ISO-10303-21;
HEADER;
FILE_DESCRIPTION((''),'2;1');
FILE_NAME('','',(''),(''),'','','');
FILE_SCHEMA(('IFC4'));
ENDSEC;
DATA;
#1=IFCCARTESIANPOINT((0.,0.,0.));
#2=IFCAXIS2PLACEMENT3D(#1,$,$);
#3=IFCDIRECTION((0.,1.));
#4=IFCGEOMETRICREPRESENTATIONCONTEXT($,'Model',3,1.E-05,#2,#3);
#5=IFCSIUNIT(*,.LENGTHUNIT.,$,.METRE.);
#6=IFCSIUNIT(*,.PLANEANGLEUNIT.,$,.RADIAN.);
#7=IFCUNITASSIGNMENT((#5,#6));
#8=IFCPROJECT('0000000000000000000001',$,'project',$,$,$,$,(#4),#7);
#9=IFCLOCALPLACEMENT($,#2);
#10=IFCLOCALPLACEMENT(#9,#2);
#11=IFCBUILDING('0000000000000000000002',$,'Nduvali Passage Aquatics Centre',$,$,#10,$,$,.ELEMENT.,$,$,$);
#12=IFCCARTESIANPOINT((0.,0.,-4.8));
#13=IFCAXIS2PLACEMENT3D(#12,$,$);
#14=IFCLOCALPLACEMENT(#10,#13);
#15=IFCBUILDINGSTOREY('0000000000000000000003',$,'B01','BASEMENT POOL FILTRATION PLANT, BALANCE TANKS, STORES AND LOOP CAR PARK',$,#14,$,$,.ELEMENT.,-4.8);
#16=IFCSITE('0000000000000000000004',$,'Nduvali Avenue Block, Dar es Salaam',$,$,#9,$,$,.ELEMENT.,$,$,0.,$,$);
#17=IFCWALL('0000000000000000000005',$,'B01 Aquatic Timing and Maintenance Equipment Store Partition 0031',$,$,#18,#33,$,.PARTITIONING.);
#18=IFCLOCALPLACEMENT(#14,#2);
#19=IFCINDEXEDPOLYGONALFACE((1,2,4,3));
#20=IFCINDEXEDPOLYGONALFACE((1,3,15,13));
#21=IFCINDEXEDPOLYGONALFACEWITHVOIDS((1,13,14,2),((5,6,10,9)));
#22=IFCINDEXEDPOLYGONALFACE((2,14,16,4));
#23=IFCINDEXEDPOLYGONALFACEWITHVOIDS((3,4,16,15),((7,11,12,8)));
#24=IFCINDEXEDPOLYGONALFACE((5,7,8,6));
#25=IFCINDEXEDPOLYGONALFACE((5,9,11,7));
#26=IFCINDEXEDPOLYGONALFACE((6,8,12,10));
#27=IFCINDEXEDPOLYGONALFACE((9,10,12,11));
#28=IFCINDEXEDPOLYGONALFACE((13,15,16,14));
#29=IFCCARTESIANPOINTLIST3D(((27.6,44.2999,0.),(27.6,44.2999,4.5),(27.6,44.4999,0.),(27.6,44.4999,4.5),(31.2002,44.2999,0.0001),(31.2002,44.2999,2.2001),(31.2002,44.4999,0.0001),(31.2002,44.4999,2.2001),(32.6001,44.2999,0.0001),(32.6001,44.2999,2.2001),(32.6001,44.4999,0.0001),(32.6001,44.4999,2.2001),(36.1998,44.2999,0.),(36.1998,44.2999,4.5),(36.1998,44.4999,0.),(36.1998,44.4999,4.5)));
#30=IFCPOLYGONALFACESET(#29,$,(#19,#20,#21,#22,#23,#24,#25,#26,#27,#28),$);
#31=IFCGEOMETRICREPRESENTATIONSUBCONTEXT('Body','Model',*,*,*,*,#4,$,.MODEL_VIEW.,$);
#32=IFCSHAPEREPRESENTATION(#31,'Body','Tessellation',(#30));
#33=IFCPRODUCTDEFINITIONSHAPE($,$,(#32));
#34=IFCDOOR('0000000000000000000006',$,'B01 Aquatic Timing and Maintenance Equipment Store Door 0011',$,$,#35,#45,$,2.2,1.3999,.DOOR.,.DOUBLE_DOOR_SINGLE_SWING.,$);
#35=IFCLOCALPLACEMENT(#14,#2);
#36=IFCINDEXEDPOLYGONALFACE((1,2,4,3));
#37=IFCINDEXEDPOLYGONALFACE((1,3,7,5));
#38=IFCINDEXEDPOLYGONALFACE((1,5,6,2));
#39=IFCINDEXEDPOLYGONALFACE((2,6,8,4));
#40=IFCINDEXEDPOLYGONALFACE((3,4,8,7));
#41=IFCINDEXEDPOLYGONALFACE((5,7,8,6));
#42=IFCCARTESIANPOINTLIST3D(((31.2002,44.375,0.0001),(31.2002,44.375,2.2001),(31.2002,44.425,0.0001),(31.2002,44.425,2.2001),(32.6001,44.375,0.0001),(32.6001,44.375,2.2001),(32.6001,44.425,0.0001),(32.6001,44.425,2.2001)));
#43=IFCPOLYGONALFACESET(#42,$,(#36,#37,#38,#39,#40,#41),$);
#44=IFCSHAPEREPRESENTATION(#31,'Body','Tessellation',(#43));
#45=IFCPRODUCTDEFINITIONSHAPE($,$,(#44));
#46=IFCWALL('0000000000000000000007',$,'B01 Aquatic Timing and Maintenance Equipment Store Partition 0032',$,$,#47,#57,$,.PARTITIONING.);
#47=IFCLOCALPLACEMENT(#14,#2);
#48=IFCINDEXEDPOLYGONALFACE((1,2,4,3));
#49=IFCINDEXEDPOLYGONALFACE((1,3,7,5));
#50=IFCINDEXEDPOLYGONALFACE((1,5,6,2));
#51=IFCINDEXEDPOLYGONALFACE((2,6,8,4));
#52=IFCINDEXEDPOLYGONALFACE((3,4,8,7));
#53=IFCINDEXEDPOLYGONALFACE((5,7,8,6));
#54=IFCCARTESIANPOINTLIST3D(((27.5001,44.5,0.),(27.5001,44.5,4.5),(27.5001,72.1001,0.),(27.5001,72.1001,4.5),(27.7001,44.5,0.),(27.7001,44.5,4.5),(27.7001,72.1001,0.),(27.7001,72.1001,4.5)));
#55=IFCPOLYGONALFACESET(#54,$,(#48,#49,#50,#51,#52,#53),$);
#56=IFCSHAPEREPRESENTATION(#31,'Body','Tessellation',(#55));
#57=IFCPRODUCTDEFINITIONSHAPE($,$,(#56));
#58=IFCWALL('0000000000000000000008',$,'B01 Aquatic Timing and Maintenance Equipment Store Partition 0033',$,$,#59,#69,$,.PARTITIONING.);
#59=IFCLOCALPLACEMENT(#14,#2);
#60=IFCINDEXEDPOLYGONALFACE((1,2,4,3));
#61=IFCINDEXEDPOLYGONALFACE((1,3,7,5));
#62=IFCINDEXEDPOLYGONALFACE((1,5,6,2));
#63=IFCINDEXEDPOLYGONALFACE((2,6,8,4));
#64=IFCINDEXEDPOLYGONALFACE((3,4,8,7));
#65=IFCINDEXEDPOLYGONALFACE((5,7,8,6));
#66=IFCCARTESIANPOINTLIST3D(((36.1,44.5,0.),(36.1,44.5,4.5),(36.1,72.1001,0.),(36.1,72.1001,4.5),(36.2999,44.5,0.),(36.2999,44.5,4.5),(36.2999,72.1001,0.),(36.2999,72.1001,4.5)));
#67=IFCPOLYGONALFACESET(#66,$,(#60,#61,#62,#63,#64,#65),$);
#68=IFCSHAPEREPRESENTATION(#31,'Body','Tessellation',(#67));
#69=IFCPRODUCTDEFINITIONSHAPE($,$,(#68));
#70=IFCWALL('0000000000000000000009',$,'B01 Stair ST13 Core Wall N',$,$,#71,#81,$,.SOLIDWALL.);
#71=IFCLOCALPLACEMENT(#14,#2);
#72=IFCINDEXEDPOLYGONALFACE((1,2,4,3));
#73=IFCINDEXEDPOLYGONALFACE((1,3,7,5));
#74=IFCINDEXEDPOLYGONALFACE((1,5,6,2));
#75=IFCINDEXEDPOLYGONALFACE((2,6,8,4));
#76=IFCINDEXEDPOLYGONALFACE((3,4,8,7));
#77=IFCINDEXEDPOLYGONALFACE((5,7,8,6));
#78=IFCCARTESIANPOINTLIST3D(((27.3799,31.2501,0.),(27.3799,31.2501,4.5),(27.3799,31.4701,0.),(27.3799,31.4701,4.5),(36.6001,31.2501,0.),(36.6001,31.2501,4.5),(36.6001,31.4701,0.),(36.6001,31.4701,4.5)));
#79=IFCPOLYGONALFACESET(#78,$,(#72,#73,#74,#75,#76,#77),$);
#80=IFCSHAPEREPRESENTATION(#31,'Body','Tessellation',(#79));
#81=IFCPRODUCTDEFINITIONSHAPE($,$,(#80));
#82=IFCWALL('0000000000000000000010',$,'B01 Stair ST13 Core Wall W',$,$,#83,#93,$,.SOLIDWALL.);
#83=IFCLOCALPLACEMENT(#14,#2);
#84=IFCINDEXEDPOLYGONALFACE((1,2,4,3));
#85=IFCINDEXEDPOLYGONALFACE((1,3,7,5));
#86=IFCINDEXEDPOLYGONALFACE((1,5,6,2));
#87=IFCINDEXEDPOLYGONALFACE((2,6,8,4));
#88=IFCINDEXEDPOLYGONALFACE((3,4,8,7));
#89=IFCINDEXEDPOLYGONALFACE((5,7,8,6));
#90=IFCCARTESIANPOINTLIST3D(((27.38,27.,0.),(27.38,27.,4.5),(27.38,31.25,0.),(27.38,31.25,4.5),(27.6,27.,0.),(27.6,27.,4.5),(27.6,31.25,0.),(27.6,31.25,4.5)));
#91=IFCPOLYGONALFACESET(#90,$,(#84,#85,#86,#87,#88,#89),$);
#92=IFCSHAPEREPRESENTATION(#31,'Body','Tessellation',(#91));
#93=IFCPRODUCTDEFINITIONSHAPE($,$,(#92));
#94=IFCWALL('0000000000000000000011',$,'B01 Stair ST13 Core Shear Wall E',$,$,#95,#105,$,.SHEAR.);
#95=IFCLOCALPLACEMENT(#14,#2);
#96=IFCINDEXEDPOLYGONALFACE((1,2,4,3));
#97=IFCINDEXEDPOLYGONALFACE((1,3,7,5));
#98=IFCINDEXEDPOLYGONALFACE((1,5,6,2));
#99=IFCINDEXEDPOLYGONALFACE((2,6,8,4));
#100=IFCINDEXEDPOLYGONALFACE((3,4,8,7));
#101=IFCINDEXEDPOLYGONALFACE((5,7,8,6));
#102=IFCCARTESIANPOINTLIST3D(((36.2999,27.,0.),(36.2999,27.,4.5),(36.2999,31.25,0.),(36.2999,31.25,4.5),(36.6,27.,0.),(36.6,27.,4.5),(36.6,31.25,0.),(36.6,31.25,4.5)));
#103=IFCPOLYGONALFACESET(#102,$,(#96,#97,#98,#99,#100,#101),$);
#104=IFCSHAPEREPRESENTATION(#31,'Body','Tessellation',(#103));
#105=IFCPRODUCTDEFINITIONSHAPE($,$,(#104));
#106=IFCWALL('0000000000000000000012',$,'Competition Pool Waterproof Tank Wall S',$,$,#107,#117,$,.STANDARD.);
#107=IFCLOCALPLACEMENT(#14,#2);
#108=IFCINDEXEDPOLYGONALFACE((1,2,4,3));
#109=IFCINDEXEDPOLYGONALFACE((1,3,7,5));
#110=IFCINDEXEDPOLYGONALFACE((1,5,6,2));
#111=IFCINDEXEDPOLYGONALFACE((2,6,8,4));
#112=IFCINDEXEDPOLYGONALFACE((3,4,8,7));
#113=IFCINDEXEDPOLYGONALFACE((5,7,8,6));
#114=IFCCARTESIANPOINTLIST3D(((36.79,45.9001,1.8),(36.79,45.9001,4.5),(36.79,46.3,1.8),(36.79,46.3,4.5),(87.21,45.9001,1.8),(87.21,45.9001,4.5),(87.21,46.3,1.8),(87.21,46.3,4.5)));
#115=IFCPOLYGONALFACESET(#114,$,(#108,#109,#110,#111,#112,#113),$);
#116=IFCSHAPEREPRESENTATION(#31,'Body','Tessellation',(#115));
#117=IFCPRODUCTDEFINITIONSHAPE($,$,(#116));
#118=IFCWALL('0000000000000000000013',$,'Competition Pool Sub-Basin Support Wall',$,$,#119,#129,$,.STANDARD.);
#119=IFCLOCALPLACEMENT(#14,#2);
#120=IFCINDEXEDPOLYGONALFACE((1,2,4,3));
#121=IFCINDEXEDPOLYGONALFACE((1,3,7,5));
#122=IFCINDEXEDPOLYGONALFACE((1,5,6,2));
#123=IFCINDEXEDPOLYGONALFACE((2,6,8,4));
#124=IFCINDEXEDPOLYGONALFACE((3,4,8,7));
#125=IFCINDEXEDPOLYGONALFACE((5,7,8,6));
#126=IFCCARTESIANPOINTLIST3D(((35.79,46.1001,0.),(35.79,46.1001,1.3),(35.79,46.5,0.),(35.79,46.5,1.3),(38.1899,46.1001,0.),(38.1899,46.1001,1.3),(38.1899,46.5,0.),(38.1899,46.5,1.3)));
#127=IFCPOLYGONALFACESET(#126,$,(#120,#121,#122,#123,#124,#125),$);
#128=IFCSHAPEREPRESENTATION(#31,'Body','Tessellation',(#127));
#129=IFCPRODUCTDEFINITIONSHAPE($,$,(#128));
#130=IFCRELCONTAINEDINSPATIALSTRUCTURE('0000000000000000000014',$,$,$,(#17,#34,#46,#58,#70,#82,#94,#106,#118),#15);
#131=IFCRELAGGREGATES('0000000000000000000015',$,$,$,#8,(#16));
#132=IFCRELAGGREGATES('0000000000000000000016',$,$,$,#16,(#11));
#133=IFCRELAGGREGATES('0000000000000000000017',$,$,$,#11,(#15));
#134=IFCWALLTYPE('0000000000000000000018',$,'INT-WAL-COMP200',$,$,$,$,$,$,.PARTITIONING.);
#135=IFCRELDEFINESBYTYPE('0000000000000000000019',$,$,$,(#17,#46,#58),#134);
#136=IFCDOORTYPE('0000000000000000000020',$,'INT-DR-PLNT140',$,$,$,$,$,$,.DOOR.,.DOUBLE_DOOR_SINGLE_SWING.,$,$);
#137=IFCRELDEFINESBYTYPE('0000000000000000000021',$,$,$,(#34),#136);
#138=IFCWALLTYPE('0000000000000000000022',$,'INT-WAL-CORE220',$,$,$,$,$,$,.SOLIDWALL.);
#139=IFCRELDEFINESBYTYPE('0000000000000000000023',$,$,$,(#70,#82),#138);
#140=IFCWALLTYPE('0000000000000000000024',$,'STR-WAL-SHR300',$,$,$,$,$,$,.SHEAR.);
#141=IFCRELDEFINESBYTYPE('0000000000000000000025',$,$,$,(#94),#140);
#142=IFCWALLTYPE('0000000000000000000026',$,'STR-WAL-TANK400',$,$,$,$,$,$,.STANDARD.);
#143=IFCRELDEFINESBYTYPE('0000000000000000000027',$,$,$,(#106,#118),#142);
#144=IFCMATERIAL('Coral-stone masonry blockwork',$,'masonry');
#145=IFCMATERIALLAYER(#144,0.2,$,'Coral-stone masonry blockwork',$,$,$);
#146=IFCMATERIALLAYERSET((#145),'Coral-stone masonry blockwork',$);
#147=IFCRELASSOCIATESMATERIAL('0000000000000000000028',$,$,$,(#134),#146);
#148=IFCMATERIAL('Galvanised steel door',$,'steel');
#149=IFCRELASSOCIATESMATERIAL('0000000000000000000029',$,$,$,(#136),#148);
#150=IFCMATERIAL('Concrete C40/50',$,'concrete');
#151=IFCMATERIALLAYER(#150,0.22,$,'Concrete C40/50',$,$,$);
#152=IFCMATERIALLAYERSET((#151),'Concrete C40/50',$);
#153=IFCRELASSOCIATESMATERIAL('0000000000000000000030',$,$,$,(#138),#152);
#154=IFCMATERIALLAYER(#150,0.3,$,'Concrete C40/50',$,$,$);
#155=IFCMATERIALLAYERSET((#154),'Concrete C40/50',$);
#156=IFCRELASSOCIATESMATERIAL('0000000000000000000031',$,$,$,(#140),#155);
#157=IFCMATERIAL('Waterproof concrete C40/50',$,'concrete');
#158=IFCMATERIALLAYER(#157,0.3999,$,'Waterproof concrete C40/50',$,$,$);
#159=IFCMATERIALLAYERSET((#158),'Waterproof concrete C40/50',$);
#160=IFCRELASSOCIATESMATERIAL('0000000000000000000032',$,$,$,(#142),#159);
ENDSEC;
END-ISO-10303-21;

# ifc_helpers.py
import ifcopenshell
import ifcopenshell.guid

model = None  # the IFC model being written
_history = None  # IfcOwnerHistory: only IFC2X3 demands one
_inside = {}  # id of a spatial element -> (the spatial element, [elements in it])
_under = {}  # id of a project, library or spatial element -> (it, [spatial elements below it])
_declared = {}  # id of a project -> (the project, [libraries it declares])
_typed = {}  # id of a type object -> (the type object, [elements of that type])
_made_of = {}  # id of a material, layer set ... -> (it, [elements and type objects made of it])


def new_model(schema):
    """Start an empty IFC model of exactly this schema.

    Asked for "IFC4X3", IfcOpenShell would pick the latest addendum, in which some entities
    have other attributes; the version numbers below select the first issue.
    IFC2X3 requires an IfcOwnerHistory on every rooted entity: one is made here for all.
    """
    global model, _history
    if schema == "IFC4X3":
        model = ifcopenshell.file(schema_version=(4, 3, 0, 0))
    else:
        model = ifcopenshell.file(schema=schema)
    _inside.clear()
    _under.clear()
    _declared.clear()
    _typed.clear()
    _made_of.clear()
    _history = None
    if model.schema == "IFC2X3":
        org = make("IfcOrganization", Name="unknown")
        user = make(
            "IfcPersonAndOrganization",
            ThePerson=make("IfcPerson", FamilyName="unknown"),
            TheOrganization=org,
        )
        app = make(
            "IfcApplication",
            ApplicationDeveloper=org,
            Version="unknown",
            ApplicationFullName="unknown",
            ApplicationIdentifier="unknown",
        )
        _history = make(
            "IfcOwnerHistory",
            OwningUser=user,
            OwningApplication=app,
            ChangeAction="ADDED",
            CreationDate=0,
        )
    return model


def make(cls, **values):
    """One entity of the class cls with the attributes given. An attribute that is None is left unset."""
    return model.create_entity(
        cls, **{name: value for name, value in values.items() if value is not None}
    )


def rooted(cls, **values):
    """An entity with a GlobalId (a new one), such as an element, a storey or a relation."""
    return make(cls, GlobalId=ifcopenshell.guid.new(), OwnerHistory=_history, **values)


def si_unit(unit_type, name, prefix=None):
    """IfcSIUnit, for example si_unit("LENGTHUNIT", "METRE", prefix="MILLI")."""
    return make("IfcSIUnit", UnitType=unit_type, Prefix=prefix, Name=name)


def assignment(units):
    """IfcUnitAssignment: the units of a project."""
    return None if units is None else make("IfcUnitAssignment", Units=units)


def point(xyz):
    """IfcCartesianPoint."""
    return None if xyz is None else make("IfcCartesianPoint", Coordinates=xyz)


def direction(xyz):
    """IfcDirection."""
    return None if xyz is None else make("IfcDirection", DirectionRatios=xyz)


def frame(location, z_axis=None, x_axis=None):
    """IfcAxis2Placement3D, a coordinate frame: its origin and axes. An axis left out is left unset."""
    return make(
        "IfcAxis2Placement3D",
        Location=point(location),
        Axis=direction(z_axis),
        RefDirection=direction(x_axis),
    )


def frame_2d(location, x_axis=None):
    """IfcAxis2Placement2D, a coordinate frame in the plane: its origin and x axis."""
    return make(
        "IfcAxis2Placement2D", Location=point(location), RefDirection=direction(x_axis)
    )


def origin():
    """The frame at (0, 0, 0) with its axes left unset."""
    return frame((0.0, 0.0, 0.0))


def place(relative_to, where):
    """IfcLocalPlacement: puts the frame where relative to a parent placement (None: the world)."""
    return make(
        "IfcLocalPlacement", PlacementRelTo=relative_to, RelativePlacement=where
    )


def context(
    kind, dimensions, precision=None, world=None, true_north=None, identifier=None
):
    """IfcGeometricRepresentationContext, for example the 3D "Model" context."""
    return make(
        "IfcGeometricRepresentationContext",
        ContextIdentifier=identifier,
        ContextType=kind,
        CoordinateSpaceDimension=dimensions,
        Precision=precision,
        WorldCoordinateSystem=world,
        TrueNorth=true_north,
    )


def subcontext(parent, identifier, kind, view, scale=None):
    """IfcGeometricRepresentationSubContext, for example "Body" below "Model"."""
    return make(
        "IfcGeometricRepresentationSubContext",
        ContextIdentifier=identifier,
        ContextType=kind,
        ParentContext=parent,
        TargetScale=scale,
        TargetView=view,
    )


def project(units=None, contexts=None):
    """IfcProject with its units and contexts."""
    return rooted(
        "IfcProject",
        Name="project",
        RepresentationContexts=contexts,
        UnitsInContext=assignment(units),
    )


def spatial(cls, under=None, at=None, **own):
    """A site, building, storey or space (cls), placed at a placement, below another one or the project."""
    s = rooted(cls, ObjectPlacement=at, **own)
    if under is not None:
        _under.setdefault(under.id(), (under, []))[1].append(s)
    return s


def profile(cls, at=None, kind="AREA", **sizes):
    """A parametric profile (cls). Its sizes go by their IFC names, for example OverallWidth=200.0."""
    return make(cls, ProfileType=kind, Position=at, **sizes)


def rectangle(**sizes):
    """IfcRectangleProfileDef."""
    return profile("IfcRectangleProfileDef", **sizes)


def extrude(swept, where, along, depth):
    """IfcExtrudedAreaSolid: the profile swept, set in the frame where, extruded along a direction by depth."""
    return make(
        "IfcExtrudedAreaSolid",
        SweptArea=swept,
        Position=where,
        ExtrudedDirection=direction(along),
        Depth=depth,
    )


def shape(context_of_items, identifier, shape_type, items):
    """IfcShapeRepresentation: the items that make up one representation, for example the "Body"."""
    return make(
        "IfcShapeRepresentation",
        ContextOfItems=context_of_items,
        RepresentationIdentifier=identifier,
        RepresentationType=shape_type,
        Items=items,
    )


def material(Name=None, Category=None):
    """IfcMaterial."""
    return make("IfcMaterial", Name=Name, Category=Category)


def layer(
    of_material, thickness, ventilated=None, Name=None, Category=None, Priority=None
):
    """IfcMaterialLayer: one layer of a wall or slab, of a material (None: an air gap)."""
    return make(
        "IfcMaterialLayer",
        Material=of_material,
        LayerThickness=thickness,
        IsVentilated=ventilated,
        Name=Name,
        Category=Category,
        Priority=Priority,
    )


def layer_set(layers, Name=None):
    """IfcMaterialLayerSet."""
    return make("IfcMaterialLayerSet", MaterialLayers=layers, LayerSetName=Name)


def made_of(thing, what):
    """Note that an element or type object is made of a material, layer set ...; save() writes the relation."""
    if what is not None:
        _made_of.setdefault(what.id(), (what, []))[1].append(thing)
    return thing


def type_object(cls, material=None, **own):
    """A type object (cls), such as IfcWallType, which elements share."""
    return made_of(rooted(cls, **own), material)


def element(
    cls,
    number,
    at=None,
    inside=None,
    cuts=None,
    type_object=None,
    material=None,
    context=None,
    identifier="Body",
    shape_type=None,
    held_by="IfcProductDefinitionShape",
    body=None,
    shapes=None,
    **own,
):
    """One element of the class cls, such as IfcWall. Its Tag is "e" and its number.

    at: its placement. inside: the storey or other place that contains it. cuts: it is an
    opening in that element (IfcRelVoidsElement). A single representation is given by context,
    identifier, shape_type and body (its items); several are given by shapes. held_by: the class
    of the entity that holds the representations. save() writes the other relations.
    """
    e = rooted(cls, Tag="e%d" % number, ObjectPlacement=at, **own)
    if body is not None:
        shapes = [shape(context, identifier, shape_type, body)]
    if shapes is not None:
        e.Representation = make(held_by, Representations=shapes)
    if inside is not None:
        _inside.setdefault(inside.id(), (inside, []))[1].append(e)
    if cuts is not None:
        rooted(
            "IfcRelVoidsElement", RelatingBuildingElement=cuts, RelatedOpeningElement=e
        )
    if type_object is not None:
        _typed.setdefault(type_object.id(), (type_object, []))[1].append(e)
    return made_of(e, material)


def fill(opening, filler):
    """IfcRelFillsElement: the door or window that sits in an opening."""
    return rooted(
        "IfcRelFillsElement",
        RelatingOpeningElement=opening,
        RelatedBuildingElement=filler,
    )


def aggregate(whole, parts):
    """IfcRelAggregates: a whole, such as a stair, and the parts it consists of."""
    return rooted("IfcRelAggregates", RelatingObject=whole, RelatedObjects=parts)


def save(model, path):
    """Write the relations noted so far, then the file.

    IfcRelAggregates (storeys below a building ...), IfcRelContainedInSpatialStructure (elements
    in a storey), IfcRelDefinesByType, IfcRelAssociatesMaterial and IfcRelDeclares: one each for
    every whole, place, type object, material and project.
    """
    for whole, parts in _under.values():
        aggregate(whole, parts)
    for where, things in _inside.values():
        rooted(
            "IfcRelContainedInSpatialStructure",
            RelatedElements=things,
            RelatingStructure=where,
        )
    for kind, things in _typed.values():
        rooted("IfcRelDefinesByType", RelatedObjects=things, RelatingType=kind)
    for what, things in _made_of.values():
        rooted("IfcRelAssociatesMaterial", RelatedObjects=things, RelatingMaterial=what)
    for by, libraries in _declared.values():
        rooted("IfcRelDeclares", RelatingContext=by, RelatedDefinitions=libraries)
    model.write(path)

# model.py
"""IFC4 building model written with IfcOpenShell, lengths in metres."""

from ifc_helpers import new_model, si_unit, direction, frame, frame_2d, origin, place, context, subcontext, project, spatial, rectangle, extrude, material, layer, layer_set, type_object, element, fill, save


model = new_model("IFC4")

# Units and contexts
model_context = context("Model", 3, precision=1e-05, world=origin(), true_north=direction((0.0, 1.0)))
body_context = subcontext(model_context, "Body", "Model", "MODEL_VIEW")
ifc_project = project(units=[si_unit("LENGTHUNIT", "METRE"), si_unit("PLANEANGLEUNIT", "RADIAN")], contexts=[model_context])

# Site, building, storey
site_placement = place(None, origin())
site = spatial("IfcSite", under=ifc_project, at=site_placement, Name="Nduvali Avenue Block, Dar es Salaam", CompositionType="ELEMENT", RefElevation=0.0)
building_placement = place(site_placement, origin())
building = spatial("IfcBuilding", under=site, at=building_placement, Name="Nduvali Passage Aquatics Centre", CompositionType="ELEMENT")
storey_placement = place(building_placement, frame((0.0, 0.0, -4.8)))
storey = spatial("IfcBuildingStorey", under=building, at=storey_placement, Name="B01", Description="BASEMENT POOL FILTRATION PLANT, BALANCE TANKS, STORES AND LOOP CAR PARK", CompositionType="ELEMENT", Elevation=-4.8)

# Shared definitions
ifc_material_1 = material(Name="Concrete C40/50", Category="concrete")

# Shared definitions
ifc_material_2 = material(Name="Coral-stone masonry blockwork", Category="masonry")
ifc_layer_1 = layer(ifc_material_2, 0.2, Name="Coral-stone masonry blockwork")
ifc_layer_set_1 = layer_set([ifc_layer_1], Name="Coral-stone masonry blockwork")
wall_type_1 = type_object("IfcWallType", Name="INT-WAL-COMP200", PredefinedType="PARTITIONING", material=ifc_layer_set_1)
ifc_material_3 = material(Name="Galvanised steel door", Category="steel")
door_type = type_object("IfcDoorType", Name="INT-DR-PLNT140", OperationType="DOUBLE_DOOR_SINGLE_SWING", PredefinedType="DOOR", material=ifc_material_3)

# Wall, opening, door
wall_1_placement = place(storey_placement, frame((27.6001, 44.3999, 0.0), z_axis=(0.0, 0.0, 1.0), x_axis=(1.0, 0.0, 0.0)))
wall_1 = element("IfcWall", 1, at=wall_1_placement, inside=storey, type_object=wall_type_1, Name="B01 Aquatic Timing and Maintenance Equipment Store Partition 0031", PredefinedType="PARTITIONING", context=body_context, shape_type="SweptSolid", body=[
    extrude(rectangle(XDim=8.5999, YDim=0.2, at=frame_2d((4.2998, 0.0))), origin(), (0.0, 0.0, 1.0), 4.5),
])
opening_1_placement = place(wall_1_placement, frame((3.6001, 0.0, 0.0)))
opening_1 = element("IfcOpeningElement", 2, at=opening_1_placement, cuts=wall_1, PredefinedType="OPENING", context=body_context, shape_type="SweptSolid", body=[
    extrude(rectangle(XDim=1.3999, YDim=2.2, at=frame_2d((0.7, 1.1001))), frame((0.0, 0.1147, 0.0), z_axis=(0.0, -1.0, 0.0), x_axis=(1.0, 0.0, 0.0)), (0.0, 0.0, 1.0), 0.2297),
])
door_1_placement = place(opening_1_placement, frame((1.3999, 0.0, 0.0), z_axis=(0.0, 0.0, 1.0), x_axis=(-1.0, 0.0, 0.0)))
door_1 = element("IfcDoor", 3, at=door_1_placement, inside=storey, type_object=door_type, Name="B01 Aquatic Timing and Maintenance Equipment Store Door 0011", OperationType="DOUBLE_DOOR_SINGLE_SWING", OverallHeight=2.2, OverallWidth=1.3999, PredefinedType="DOOR", context=body_context, shape_type="SweptSolid", body=[
    extrude(rectangle(XDim=1.3999, YDim=2.2, at=frame_2d((0.7, 1.1001))), frame((0.0, 0.0249, 0.0), z_axis=(0.0, -1.0, 0.0), x_axis=(1.0, 0.0, 0.0)), (0.0, 0.0, 1.0), 0.05),
])
fill(opening_1, door_1)

# Walls
for number, where, z_axis, x_axis, name in (
    (4, (27.6001, 44.5, 0.0), (0.0, 0.0, 1.0), (0.0, 1.0, 0.0), "B01 Aquatic Timing and Maintenance Equipment Store Partition 0032"),
    (5, (36.2, 44.5, 0.0), (0.0, 0.0, 1.0), (0.0, 1.0, 0.0), "B01 Aquatic Timing and Maintenance Equipment Store Partition 0033"),
):
    element("IfcWall", number, at=place(storey_placement, frame(where, z_axis=z_axis, x_axis=x_axis)), inside=storey, type_object=wall_type_1, Name=name, PredefinedType="PARTITIONING", context=body_context, shape_type="SweptSolid", body=[
        extrude(rectangle(XDim=27.6001, YDim=0.2, at=frame_2d((13.8, 0.0))), origin(), (0.0, 0.0, 1.0), 4.5),
    ])
ifc_layer_2 = layer(ifc_material_1, 0.22, Name="Concrete C40/50")
ifc_layer_set_2 = layer_set([ifc_layer_2], Name="Concrete C40/50")
wall_type_2 = type_object("IfcWallType", Name="INT-WAL-CORE220", PredefinedType="SOLIDWALL", material=ifc_layer_set_2)
wall_2_placement = place(storey_placement, frame((36.6001, 31.3601, 0.0), z_axis=(0.0, 0.0, 1.0), x_axis=(-1.0, 0.0, 0.0)))
element("IfcWall", 6, at=wall_2_placement, inside=storey, type_object=wall_type_2, Name="B01 Stair ST13 Core Wall N", PredefinedType="SOLIDWALL", context=body_context, shape_type="SweptSolid", body=[
    extrude(rectangle(XDim=9.2202, YDim=0.22, at=frame_2d((4.6101, 0.0))), origin(), (0.0, 0.0, 1.0), 4.5),
])
wall_3_placement = place(storey_placement, frame((27.49, 31.25, 0.0), z_axis=(0.0, 0.0, 1.0), x_axis=(0.0, -1.0, 0.0)))
element("IfcWall", 7, at=wall_3_placement, inside=storey, type_object=wall_type_2, Name="B01 Stair ST13 Core Wall W", PredefinedType="SOLIDWALL", context=body_context, shape_type="SweptSolid", body=[
    extrude(rectangle(XDim=4.25, YDim=0.22, at=frame_2d((2.125, 0.0))), origin(), (0.0, 0.0, 1.0), 4.5),
])
ifc_layer_3 = layer(ifc_material_1, 0.3, Name="Concrete C40/50")
ifc_layer_set_3 = layer_set([ifc_layer_3], Name="Concrete C40/50")
wall_type_3 = type_object("IfcWallType", Name="STR-WAL-SHR300", PredefinedType="SHEAR", material=ifc_layer_set_3)
wall_4_placement = place(storey_placement, frame((36.45, 27.0, 0.0), z_axis=(0.0, 0.0, 1.0), x_axis=(0.0, 1.0, 0.0)))
element("IfcWall", 8, at=wall_4_placement, inside=storey, type_object=wall_type_3, Name="B01 Stair ST13 Core Shear Wall E", PredefinedType="SHEAR", context=body_context, shape_type="SweptSolid", body=[
    extrude(rectangle(XDim=4.25, YDim=0.3, at=frame_2d((2.125, 0.0))), origin(), (0.0, 0.0, 1.0), 4.5),
])
ifc_material_4 = material(Name="Waterproof concrete C40/50", Category="concrete")
ifc_layer_4 = layer(ifc_material_4, 0.3999, Name="Waterproof concrete C40/50")
ifc_layer_set_4 = layer_set([ifc_layer_4], Name="Waterproof concrete C40/50")
wall_type_4 = type_object("IfcWallType", Name="STR-WAL-TANK400", PredefinedType="STANDARD", material=ifc_layer_set_4)
wall_5_placement = place(storey_placement, frame((36.79, 46.1001, 1.8), z_axis=(0.0, 0.0, 1.0), x_axis=(1.0, 0.0, 0.0)))
element("IfcWall", 9, at=wall_5_placement, inside=storey, type_object=wall_type_4, Name="Competition Pool Waterproof Tank Wall S", PredefinedType="STANDARD", context=body_context, shape_type="SweptSolid", body=[
    extrude(rectangle(XDim=50.4199, YDim=0.3999, at=frame_2d((25.21, 0.0))), origin(), (0.0, 0.0, 1.0), 2.7),
])
wall_6_placement = place(storey_placement, frame((35.79, 46.3, 0.0), z_axis=(0.0, 0.0, 1.0), x_axis=(1.0, 0.0, 0.0)))
element("IfcWall", 10, at=wall_6_placement, inside=storey, type_object=wall_type_4, Name="Competition Pool Sub-Basin Support Wall", PredefinedType="STANDARD", context=body_context, shape_type="SweptSolid", body=[
    extrude(rectangle(XDim=2.3999, YDim=0.3999, at=frame_2d((1.2, 0.0))), origin(), (0.0, 0.0, 1.0), 1.3),
])

save(model, "model.ifc")
